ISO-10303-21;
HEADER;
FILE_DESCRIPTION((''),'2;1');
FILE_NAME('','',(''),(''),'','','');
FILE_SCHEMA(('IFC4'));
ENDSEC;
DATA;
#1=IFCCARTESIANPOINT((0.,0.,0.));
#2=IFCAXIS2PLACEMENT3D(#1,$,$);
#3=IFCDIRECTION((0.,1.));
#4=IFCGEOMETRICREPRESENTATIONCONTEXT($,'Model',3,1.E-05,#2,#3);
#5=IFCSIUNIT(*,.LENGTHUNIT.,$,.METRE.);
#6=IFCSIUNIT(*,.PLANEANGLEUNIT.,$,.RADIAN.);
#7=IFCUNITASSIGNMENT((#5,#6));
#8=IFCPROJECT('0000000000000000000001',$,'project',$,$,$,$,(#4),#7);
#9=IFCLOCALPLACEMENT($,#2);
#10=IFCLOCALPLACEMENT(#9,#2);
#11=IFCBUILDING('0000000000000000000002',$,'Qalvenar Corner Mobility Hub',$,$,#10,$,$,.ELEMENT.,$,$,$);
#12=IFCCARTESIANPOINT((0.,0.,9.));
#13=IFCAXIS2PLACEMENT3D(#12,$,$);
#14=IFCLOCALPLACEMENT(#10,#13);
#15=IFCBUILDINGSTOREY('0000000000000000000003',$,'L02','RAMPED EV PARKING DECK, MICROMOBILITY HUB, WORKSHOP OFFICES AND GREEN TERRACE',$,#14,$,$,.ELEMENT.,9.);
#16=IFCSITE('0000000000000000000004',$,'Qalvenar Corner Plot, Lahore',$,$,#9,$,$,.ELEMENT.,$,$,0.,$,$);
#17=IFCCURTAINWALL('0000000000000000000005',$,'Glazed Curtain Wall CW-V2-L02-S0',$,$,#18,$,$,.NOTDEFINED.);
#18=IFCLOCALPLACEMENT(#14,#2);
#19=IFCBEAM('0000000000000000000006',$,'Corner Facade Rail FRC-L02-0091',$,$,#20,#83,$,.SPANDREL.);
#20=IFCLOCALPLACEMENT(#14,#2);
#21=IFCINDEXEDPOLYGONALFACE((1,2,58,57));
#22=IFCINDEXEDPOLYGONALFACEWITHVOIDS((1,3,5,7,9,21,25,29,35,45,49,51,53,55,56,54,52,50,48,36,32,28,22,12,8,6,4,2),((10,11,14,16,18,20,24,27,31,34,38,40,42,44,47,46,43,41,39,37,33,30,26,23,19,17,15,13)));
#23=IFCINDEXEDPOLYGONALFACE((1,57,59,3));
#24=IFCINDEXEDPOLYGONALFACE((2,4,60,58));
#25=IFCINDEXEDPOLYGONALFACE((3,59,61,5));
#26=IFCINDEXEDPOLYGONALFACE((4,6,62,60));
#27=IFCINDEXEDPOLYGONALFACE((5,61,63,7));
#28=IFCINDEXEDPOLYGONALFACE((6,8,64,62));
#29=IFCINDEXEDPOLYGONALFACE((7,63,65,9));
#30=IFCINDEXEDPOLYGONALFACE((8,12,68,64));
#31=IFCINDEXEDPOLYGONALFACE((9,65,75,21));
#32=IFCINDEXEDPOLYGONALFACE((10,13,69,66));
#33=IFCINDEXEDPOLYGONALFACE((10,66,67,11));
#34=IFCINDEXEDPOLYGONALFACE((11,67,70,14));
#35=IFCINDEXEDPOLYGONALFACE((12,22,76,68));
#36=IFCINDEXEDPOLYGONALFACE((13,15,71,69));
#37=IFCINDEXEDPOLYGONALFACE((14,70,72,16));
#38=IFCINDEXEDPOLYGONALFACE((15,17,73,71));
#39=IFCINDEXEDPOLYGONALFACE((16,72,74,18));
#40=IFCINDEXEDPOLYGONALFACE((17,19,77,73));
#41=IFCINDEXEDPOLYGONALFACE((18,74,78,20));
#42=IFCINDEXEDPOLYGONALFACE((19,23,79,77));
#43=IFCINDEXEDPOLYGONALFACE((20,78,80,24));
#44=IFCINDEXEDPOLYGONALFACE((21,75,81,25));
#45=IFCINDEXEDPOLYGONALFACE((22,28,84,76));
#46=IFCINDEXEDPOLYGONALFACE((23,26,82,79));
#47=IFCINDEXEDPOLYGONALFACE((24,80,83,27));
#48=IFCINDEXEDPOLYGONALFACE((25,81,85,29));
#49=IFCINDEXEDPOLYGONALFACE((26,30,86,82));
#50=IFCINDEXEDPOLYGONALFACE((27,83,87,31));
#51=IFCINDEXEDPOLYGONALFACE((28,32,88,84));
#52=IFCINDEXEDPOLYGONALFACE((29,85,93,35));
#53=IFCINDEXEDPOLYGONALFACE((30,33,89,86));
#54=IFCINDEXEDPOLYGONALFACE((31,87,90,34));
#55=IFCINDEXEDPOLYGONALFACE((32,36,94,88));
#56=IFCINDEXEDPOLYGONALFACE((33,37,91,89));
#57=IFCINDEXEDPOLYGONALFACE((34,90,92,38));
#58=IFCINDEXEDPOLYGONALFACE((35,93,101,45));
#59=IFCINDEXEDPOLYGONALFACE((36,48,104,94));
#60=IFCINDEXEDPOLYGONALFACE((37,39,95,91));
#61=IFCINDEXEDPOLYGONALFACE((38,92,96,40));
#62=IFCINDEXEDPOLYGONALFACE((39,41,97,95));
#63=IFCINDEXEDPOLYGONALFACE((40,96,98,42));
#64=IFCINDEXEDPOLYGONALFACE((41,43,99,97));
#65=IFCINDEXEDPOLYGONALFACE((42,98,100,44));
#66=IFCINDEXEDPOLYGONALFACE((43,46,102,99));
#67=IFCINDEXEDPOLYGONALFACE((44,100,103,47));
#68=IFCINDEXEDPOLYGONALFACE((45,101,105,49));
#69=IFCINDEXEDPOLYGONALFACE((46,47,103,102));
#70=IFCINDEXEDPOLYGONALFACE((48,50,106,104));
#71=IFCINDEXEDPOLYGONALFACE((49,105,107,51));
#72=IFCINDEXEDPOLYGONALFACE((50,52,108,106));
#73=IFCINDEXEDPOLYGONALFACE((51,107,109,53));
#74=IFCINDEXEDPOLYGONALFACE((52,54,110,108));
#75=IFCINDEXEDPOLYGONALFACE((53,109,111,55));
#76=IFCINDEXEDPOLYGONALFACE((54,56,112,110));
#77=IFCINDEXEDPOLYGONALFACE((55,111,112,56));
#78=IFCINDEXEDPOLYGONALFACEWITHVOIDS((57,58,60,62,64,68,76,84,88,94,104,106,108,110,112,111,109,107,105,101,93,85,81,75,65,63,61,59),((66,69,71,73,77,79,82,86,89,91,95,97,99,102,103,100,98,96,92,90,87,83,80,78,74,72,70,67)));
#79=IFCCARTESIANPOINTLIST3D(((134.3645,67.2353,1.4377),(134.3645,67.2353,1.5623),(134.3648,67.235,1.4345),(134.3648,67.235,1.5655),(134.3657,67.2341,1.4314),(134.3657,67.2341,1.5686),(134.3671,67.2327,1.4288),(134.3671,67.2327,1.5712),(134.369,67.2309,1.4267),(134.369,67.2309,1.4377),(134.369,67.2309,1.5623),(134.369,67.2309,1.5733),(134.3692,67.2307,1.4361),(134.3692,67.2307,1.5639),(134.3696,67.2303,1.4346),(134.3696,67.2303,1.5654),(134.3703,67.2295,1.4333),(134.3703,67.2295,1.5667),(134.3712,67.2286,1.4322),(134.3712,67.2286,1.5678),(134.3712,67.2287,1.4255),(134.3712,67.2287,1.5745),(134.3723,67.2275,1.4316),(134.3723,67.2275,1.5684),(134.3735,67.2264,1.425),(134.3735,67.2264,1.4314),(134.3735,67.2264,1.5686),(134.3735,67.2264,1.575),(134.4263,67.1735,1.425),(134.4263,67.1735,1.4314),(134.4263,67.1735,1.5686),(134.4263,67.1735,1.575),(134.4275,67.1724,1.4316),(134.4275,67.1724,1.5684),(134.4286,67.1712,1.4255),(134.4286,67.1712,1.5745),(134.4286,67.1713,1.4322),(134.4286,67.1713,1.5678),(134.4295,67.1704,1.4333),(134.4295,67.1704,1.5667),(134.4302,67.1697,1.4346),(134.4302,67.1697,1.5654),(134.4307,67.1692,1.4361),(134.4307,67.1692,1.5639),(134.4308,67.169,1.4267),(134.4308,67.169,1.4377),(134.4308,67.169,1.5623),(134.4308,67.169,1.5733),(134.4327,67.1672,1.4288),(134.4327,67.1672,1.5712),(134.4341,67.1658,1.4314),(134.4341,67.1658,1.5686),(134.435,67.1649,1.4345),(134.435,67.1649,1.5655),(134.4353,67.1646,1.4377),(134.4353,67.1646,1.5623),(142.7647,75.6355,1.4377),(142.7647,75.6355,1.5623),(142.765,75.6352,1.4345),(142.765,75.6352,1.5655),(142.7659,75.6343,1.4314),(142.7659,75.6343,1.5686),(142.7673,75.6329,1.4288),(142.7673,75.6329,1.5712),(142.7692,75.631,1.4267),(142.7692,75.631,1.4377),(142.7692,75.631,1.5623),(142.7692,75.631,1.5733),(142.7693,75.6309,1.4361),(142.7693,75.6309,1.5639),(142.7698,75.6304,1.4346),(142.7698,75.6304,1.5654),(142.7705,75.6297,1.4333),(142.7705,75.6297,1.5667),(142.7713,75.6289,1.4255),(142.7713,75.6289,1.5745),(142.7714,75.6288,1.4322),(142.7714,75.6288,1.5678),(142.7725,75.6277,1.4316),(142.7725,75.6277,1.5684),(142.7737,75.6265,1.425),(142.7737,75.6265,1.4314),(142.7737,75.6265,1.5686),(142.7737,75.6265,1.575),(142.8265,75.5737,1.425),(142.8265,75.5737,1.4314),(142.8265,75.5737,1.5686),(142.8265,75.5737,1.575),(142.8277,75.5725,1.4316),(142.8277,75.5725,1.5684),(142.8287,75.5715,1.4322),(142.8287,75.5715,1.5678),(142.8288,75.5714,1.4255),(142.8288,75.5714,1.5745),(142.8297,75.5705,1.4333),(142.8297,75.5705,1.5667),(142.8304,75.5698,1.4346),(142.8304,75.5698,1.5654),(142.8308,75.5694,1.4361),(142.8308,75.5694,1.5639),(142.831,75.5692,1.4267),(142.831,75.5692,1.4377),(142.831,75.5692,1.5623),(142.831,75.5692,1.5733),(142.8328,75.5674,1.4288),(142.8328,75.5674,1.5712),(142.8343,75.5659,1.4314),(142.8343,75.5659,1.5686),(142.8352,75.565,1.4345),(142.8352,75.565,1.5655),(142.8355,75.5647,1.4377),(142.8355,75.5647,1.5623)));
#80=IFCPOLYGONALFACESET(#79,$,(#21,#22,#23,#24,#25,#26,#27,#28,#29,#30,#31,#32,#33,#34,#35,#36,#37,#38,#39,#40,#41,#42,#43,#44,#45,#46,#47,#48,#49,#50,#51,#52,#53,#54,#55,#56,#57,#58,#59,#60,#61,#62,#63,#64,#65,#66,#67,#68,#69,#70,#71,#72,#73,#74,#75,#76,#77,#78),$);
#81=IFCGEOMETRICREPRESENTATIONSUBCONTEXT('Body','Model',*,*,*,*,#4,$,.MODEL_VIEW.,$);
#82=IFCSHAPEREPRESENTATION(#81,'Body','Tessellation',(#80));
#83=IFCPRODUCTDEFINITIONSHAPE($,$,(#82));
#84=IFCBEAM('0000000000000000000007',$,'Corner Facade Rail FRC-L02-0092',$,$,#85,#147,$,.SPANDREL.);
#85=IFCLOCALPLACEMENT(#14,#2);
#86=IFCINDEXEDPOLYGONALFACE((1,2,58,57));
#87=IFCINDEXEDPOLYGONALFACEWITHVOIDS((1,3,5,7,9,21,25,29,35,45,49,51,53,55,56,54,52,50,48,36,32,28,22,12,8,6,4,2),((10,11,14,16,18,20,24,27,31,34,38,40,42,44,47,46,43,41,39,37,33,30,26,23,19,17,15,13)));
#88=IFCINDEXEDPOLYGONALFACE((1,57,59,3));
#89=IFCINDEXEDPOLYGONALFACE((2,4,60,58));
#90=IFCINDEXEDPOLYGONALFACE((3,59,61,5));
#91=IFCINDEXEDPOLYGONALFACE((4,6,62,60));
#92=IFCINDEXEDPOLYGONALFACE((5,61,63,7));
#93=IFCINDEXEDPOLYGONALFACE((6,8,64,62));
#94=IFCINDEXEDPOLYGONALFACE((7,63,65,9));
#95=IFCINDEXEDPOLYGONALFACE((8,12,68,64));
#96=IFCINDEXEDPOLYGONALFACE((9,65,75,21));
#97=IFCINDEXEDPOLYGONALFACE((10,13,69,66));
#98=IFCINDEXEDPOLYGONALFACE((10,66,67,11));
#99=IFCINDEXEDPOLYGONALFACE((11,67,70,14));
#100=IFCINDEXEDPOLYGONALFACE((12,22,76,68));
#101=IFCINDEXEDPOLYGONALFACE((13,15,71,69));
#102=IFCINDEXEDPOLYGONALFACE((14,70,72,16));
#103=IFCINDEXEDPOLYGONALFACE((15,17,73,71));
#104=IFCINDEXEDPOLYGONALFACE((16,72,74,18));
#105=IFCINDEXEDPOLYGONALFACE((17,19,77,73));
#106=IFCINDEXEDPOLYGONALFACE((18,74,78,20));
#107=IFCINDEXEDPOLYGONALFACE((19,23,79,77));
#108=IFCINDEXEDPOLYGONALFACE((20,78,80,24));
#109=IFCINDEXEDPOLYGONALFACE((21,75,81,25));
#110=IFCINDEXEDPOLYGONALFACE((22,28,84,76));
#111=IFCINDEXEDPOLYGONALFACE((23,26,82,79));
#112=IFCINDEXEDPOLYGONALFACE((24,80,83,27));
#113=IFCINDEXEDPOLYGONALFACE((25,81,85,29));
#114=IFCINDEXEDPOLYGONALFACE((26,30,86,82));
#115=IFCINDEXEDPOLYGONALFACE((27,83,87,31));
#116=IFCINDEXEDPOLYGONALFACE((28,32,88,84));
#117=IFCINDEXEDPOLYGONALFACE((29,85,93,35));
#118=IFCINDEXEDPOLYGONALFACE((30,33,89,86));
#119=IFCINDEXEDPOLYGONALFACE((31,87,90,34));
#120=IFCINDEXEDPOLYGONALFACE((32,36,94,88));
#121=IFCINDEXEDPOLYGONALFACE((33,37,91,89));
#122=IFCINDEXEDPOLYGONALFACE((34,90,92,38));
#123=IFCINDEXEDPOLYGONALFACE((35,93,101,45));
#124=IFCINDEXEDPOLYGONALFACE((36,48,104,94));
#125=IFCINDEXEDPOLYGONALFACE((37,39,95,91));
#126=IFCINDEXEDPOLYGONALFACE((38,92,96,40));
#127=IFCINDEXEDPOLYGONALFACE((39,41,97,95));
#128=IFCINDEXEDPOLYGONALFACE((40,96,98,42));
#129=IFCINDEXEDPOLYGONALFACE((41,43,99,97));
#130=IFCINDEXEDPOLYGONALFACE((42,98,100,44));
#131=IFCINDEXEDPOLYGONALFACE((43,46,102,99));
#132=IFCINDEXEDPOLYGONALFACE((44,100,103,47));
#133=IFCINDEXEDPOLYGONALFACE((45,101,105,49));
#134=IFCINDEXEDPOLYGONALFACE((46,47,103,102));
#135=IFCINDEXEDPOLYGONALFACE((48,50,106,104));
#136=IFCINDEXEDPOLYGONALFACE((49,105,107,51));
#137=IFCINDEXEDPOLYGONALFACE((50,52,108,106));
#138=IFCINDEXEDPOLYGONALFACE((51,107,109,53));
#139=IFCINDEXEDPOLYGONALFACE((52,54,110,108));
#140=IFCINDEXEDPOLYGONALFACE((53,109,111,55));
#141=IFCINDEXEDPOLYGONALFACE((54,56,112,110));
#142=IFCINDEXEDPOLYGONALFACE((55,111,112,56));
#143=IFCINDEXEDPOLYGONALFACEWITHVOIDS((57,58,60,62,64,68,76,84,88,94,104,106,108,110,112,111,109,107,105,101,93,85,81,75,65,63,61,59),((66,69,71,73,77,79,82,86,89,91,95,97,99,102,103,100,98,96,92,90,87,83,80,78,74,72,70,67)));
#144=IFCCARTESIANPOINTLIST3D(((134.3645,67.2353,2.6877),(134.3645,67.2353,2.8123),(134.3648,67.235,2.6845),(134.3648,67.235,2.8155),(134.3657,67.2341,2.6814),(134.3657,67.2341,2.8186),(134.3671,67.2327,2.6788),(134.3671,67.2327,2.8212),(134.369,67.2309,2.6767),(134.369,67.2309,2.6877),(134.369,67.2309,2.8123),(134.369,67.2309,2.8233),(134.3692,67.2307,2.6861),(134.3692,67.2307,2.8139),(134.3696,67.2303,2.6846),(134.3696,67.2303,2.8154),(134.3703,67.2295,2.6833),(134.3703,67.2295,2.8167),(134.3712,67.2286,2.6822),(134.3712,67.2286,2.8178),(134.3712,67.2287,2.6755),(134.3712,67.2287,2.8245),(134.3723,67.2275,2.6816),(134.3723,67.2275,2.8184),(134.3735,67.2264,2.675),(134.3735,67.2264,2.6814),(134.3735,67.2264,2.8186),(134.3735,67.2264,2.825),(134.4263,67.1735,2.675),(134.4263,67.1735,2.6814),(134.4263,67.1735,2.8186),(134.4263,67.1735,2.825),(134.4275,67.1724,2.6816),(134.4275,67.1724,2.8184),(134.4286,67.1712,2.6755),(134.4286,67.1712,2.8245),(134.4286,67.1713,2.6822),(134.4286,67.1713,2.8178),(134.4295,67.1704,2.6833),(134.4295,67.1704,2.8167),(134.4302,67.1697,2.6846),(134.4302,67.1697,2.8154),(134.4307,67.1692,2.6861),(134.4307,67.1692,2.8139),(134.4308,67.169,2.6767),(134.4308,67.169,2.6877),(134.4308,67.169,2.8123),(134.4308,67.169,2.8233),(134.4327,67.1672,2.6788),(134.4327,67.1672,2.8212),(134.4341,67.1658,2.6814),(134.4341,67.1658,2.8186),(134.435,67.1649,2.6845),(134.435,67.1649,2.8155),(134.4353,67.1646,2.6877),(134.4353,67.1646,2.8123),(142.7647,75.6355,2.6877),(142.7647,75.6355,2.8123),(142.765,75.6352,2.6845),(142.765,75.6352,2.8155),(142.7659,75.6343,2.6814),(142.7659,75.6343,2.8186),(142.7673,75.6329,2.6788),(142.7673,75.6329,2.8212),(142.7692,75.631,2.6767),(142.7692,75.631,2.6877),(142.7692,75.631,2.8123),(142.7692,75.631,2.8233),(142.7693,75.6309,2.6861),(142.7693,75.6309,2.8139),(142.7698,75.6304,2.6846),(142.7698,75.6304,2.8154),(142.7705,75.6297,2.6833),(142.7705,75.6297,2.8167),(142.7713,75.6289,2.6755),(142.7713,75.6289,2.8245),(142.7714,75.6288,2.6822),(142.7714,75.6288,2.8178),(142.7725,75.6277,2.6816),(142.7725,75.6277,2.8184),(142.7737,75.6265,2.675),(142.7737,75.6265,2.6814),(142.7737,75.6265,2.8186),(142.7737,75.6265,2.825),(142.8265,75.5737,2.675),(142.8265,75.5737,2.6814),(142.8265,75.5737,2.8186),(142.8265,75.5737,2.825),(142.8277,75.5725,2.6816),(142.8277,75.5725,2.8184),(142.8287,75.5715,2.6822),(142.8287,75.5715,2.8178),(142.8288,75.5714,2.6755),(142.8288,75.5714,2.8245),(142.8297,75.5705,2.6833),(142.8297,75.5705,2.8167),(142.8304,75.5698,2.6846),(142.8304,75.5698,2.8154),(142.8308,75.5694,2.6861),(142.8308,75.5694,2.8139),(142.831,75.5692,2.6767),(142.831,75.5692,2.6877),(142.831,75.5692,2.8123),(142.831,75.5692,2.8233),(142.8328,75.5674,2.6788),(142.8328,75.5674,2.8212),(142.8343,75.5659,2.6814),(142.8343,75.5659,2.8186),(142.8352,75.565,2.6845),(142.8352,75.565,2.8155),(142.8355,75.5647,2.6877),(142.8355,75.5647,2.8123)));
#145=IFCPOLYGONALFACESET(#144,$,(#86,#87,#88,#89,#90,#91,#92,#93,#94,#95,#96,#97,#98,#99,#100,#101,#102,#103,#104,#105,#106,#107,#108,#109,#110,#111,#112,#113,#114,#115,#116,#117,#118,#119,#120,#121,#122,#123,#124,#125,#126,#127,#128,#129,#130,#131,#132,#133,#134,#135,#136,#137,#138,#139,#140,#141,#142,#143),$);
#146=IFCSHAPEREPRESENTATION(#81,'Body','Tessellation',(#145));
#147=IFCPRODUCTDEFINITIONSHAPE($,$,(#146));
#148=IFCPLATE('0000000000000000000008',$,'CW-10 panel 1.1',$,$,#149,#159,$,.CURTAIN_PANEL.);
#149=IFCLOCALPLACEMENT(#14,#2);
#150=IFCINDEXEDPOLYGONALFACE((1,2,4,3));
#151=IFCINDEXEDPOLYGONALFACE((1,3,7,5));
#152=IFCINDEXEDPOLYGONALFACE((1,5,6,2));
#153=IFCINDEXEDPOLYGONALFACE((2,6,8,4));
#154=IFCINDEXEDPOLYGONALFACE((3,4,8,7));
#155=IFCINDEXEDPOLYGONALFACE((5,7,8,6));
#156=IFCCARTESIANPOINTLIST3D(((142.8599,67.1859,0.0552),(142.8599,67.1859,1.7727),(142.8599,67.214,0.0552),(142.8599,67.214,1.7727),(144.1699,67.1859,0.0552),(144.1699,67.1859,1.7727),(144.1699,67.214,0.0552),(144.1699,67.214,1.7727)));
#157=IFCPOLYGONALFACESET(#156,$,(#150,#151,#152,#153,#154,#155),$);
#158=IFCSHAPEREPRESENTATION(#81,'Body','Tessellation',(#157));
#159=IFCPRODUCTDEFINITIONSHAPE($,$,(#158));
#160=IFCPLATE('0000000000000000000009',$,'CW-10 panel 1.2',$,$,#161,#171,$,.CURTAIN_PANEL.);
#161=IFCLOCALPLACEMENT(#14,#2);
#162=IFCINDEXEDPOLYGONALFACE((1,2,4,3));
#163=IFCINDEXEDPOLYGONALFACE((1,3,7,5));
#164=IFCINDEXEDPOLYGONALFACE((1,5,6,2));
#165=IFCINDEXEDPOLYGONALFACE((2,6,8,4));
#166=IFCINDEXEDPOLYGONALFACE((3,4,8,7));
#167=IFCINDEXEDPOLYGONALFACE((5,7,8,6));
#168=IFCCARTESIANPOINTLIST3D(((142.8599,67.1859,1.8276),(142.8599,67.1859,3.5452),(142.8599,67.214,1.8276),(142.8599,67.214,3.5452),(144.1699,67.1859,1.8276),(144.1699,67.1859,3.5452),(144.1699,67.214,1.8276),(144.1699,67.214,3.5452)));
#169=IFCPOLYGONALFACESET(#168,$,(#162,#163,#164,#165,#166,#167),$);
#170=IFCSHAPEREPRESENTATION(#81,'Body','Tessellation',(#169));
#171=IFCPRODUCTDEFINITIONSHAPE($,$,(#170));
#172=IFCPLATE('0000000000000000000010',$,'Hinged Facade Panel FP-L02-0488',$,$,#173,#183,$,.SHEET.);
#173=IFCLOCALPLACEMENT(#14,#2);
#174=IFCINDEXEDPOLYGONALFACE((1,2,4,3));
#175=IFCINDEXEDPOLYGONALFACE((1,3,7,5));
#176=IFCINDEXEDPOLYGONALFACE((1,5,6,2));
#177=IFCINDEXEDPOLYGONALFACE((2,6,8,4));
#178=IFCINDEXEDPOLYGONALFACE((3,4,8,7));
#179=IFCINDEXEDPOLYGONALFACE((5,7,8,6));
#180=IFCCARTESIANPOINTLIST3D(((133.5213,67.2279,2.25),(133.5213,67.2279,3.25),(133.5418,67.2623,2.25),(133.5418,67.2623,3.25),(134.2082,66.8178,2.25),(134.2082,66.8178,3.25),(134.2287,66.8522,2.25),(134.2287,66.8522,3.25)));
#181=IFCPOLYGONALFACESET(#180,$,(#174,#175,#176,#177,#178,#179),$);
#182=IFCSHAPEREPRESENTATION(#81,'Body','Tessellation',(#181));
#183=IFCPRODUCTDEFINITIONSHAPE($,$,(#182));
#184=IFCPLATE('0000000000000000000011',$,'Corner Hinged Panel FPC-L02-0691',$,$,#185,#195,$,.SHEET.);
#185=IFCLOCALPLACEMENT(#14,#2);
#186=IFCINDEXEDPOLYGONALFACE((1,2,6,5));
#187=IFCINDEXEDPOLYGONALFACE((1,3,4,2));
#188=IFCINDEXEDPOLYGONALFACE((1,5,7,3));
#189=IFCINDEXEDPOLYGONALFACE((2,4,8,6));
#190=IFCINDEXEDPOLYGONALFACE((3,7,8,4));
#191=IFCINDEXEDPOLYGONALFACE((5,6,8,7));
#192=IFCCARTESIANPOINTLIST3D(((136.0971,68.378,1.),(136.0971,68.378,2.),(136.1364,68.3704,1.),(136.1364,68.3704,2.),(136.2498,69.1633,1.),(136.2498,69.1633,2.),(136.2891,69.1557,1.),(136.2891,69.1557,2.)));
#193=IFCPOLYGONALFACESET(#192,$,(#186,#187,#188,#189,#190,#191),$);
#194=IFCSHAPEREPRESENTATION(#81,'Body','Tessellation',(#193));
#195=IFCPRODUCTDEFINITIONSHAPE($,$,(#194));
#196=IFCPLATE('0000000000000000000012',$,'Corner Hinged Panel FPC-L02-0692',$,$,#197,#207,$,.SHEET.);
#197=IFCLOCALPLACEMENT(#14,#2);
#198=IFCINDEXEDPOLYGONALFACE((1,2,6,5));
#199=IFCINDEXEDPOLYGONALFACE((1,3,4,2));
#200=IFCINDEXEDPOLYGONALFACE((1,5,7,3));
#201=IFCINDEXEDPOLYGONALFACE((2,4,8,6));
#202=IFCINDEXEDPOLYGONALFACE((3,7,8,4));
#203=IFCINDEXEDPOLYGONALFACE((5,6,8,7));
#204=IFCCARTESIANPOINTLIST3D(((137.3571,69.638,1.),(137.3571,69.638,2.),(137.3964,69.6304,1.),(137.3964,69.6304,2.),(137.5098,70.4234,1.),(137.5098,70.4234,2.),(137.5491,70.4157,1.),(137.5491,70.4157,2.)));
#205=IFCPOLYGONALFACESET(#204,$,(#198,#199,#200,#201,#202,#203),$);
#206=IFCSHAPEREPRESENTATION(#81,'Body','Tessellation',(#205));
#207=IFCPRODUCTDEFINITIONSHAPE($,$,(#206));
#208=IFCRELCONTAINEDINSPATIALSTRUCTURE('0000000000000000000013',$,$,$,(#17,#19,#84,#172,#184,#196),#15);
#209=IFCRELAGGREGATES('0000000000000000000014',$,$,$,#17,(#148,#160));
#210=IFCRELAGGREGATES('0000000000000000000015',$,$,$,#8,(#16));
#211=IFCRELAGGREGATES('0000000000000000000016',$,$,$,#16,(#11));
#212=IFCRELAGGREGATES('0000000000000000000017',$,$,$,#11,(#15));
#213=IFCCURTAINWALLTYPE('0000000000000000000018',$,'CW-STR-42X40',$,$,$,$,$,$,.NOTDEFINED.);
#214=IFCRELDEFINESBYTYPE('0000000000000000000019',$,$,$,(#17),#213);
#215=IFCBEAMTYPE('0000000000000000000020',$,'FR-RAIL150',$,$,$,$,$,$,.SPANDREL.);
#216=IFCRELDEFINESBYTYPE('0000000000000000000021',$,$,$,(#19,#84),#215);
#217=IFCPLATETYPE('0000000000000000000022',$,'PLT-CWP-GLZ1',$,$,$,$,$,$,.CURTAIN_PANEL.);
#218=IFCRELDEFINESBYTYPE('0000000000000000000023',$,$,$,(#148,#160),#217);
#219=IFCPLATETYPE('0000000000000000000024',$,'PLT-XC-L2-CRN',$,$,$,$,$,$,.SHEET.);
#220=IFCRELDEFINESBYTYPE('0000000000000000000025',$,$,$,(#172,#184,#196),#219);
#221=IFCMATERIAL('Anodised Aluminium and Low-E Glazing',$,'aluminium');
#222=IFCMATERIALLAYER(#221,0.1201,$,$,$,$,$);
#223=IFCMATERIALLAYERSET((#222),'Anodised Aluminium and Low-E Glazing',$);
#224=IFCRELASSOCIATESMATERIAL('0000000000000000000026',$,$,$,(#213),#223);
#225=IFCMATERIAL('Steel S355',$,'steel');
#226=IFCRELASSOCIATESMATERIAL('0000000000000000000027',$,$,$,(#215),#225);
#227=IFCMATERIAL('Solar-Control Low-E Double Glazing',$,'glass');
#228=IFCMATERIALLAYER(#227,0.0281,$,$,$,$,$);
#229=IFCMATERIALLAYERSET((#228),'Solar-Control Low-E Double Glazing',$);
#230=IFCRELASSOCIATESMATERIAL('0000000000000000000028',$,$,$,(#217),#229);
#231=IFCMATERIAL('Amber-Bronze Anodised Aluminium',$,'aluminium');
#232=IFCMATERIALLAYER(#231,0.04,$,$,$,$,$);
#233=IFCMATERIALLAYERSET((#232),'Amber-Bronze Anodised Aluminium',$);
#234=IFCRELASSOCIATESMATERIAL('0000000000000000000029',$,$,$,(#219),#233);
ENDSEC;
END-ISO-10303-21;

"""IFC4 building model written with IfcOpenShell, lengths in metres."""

from ifc_helpers import new_model, si_unit, direction, frame, origin, origin_2d, place, context, subcontext, project, spatial, rectangle, hollow_rectangle, extrude, material, layer, layer_set, material_profile, profile_set, type_object, element, aggregate, save


model = new_model("IFC4")

# Units and contexts
model_context = context("Model", 3, precision=1e-05, world=origin(), true_north=direction((0.0, 1.0)))
body_context = subcontext(model_context, "Body", "Model", "MODEL_VIEW")
ifc_project = project(units=[si_unit("LENGTHUNIT", "METRE"), si_unit("PLANEANGLEUNIT", "RADIAN")], contexts=[model_context])

# Site, building, storey
site_placement = place(None, origin())
site = spatial("IfcSite", under=ifc_project, at=site_placement, Name="Qalvenar Corner Plot, Lahore", CompositionType="ELEMENT", RefElevation=0.0)
building_placement = place(site_placement, origin())
building = spatial("IfcBuilding", under=site, at=building_placement, Name="Qalvenar Corner Mobility Hub", CompositionType="ELEMENT")
storey_placement = place(building_placement, frame((0.0, 0.0, 9.0)))
storey = spatial("IfcBuildingStorey", under=building, at=storey_placement, Name="L02", Description="RAMPED EV PARKING DECK, MICROMOBILITY HUB, WORKSHOP OFFICES AND GREEN TERRACE", CompositionType="ELEMENT", Elevation=9.0)

# Shared definitions
ifc_material_1 = material(Name="Steel S355", Category="steel")

# Curtain wall
ifc_material_2 = material(Name="Anodised Aluminium and Low-E Glazing", Category="aluminium")
ifc_layer_1 = layer(ifc_material_2, 0.1201)
ifc_layer_set_1 = layer_set([ifc_layer_1], Name="Anodised Aluminium and Low-E Glazing")
curtain_wall_type = type_object("IfcCurtainWallType", Name="CW-STR-42X40", PredefinedType="NOTDEFINED", material=ifc_layer_set_1)
curtain_wall_placement = place(storey_placement, origin())
curtain_wall = element("IfcCurtainWall", 1, at=curtain_wall_placement, inside=storey, type_object=curtain_wall_type, Name="Glazed Curtain Wall CW-V2-L02-S0", PredefinedType="NOTDEFINED")

# Beams
ifc_material_profile_1 = material_profile(ifc_material_1, hollow_rectangle(XDim=0.1001, YDim=0.1499, WallThickness=0.0063, InnerFilletRadius=0.0063, OuterFilletRadius=0.0127, at=origin_2d()), Name="RHS150x100x6.3")
ifc_profile_set_1 = profile_set([ifc_material_profile_1], Name="Steel S355")
beam_type_1 = type_object("IfcBeamType", Name="FR-RAIL150", PredefinedType="SPANDREL", material=ifc_profile_set_1)
for number, where, z_axis, x_axis, name in (
    (2, (134.3999, 67.2, 1.5), (0.707107, 0.707107, 0.0), (-0.707107, 0.707107, 0.0), "Corner Facade Rail FRC-L02-0091"),
    (3, (134.3999, 67.2, 2.75), (0.707107, 0.707107, 0.0), (-0.707107, 0.707107, 0.0), "Corner Facade Rail FRC-L02-0092"),
):
    element("IfcBeam", number, at=place(storey_placement, frame(where, z_axis=z_axis, x_axis=x_axis)), inside=storey, type_object=beam_type_1, Name=name, PredefinedType="SPANDREL", context=body_context, shape_type="SweptSolid", body=[
        extrude(hollow_rectangle(XDim=0.1001, YDim=0.1499, WallThickness=0.0063, InnerFilletRadius=0.0063, OuterFilletRadius=0.0127, at=origin_2d()), origin(), (0.0, 0.0, 1.0), 11.8796),
    ])

# Plates
ifc_material_3 = material(Name="Solar-Control Low-E Double Glazing", Category="glass")
ifc_layer_2 = layer(ifc_material_3, 0.0281)
ifc_layer_set_2 = layer_set([ifc_layer_2], Name="Solar-Control Low-E Double Glazing")
plate_type_1 = type_object("IfcPlateType", Name="PLT-CWP-GLZ1", PredefinedType="CURTAIN_PANEL", material=ifc_layer_set_2)
plate_1_placement = place(storey_placement, frame((143.5149, 67.2, 0.0552), z_axis=(0.0, 0.0, 1.0), x_axis=(1.0, 0.0, 0.0)))
plate_1 = element("IfcPlate", 4, at=plate_1_placement, type_object=plate_type_1, Name="CW-10 panel 1.1", PredefinedType="CURTAIN_PANEL", context=body_context, shape_type="SweptSolid", body=[
    extrude(rectangle(XDim=1.3101, YDim=0.0281, at=origin_2d()), origin(), (0.0, 0.0, 1.0), 1.7175),
])
plate_2_placement = place(storey_placement, frame((143.5149, 67.2, 1.8276), z_axis=(0.0, 0.0, 1.0), x_axis=(1.0, 0.0, 0.0)))
plate_2 = element("IfcPlate", 5, at=plate_2_placement, type_object=plate_type_1, Name="CW-10 panel 1.2", PredefinedType="CURTAIN_PANEL", context=body_context, shape_type="SweptSolid", body=[
    extrude(rectangle(XDim=1.3101, YDim=0.0281, at=origin_2d()), origin(), (0.0, 0.0, 1.0), 1.7175),
])
aggregate(curtain_wall, [plate_1, plate_2])

# Plates
ifc_material_4 = material(Name="Amber-Bronze Anodised Aluminium", Category="aluminium")
ifc_layer_3 = layer(ifc_material_4, 0.04)
ifc_layer_set_3 = layer_set([ifc_layer_3], Name="Amber-Bronze Anodised Aluminium")
plate_type_2 = type_object("IfcPlateType", Name="PLT-XC-L2-CRN", PredefinedType="SHEET", material=ifc_layer_set_3)
for number, where, z_axis, x_axis, name in (
    (6, (133.875, 67.04, 2.25), (0.0, 0.0, 1.0), (0.858602, -0.512642, 0.0), "Hinged Facade Panel FP-L02-0488"),
    (7, (136.1931, 68.7668, 1.0), (0.0, 0.0, 1.0), (0.190809, 0.981627, 0.0), "Corner Hinged Panel FPC-L02-0691"),
    (8, (137.4531, 70.0269, 1.0), (0.0, 0.0, 1.0), (0.190809, 0.981627, 0.0), "Corner Hinged Panel FPC-L02-0692"),
):
    element("IfcPlate", number, at=place(storey_placement, frame(where, z_axis=z_axis, x_axis=x_axis)), inside=storey, type_object=plate_type_2, Name=name, PredefinedType="SHEET", context=body_context, shape_type="SweptSolid", body=[
        extrude(rectangle(XDim=0.8, YDim=0.04, at=origin_2d()), origin(), (0.0, 0.0, 1.0), 1.0),
    ])

save(model, "model.ifc")
